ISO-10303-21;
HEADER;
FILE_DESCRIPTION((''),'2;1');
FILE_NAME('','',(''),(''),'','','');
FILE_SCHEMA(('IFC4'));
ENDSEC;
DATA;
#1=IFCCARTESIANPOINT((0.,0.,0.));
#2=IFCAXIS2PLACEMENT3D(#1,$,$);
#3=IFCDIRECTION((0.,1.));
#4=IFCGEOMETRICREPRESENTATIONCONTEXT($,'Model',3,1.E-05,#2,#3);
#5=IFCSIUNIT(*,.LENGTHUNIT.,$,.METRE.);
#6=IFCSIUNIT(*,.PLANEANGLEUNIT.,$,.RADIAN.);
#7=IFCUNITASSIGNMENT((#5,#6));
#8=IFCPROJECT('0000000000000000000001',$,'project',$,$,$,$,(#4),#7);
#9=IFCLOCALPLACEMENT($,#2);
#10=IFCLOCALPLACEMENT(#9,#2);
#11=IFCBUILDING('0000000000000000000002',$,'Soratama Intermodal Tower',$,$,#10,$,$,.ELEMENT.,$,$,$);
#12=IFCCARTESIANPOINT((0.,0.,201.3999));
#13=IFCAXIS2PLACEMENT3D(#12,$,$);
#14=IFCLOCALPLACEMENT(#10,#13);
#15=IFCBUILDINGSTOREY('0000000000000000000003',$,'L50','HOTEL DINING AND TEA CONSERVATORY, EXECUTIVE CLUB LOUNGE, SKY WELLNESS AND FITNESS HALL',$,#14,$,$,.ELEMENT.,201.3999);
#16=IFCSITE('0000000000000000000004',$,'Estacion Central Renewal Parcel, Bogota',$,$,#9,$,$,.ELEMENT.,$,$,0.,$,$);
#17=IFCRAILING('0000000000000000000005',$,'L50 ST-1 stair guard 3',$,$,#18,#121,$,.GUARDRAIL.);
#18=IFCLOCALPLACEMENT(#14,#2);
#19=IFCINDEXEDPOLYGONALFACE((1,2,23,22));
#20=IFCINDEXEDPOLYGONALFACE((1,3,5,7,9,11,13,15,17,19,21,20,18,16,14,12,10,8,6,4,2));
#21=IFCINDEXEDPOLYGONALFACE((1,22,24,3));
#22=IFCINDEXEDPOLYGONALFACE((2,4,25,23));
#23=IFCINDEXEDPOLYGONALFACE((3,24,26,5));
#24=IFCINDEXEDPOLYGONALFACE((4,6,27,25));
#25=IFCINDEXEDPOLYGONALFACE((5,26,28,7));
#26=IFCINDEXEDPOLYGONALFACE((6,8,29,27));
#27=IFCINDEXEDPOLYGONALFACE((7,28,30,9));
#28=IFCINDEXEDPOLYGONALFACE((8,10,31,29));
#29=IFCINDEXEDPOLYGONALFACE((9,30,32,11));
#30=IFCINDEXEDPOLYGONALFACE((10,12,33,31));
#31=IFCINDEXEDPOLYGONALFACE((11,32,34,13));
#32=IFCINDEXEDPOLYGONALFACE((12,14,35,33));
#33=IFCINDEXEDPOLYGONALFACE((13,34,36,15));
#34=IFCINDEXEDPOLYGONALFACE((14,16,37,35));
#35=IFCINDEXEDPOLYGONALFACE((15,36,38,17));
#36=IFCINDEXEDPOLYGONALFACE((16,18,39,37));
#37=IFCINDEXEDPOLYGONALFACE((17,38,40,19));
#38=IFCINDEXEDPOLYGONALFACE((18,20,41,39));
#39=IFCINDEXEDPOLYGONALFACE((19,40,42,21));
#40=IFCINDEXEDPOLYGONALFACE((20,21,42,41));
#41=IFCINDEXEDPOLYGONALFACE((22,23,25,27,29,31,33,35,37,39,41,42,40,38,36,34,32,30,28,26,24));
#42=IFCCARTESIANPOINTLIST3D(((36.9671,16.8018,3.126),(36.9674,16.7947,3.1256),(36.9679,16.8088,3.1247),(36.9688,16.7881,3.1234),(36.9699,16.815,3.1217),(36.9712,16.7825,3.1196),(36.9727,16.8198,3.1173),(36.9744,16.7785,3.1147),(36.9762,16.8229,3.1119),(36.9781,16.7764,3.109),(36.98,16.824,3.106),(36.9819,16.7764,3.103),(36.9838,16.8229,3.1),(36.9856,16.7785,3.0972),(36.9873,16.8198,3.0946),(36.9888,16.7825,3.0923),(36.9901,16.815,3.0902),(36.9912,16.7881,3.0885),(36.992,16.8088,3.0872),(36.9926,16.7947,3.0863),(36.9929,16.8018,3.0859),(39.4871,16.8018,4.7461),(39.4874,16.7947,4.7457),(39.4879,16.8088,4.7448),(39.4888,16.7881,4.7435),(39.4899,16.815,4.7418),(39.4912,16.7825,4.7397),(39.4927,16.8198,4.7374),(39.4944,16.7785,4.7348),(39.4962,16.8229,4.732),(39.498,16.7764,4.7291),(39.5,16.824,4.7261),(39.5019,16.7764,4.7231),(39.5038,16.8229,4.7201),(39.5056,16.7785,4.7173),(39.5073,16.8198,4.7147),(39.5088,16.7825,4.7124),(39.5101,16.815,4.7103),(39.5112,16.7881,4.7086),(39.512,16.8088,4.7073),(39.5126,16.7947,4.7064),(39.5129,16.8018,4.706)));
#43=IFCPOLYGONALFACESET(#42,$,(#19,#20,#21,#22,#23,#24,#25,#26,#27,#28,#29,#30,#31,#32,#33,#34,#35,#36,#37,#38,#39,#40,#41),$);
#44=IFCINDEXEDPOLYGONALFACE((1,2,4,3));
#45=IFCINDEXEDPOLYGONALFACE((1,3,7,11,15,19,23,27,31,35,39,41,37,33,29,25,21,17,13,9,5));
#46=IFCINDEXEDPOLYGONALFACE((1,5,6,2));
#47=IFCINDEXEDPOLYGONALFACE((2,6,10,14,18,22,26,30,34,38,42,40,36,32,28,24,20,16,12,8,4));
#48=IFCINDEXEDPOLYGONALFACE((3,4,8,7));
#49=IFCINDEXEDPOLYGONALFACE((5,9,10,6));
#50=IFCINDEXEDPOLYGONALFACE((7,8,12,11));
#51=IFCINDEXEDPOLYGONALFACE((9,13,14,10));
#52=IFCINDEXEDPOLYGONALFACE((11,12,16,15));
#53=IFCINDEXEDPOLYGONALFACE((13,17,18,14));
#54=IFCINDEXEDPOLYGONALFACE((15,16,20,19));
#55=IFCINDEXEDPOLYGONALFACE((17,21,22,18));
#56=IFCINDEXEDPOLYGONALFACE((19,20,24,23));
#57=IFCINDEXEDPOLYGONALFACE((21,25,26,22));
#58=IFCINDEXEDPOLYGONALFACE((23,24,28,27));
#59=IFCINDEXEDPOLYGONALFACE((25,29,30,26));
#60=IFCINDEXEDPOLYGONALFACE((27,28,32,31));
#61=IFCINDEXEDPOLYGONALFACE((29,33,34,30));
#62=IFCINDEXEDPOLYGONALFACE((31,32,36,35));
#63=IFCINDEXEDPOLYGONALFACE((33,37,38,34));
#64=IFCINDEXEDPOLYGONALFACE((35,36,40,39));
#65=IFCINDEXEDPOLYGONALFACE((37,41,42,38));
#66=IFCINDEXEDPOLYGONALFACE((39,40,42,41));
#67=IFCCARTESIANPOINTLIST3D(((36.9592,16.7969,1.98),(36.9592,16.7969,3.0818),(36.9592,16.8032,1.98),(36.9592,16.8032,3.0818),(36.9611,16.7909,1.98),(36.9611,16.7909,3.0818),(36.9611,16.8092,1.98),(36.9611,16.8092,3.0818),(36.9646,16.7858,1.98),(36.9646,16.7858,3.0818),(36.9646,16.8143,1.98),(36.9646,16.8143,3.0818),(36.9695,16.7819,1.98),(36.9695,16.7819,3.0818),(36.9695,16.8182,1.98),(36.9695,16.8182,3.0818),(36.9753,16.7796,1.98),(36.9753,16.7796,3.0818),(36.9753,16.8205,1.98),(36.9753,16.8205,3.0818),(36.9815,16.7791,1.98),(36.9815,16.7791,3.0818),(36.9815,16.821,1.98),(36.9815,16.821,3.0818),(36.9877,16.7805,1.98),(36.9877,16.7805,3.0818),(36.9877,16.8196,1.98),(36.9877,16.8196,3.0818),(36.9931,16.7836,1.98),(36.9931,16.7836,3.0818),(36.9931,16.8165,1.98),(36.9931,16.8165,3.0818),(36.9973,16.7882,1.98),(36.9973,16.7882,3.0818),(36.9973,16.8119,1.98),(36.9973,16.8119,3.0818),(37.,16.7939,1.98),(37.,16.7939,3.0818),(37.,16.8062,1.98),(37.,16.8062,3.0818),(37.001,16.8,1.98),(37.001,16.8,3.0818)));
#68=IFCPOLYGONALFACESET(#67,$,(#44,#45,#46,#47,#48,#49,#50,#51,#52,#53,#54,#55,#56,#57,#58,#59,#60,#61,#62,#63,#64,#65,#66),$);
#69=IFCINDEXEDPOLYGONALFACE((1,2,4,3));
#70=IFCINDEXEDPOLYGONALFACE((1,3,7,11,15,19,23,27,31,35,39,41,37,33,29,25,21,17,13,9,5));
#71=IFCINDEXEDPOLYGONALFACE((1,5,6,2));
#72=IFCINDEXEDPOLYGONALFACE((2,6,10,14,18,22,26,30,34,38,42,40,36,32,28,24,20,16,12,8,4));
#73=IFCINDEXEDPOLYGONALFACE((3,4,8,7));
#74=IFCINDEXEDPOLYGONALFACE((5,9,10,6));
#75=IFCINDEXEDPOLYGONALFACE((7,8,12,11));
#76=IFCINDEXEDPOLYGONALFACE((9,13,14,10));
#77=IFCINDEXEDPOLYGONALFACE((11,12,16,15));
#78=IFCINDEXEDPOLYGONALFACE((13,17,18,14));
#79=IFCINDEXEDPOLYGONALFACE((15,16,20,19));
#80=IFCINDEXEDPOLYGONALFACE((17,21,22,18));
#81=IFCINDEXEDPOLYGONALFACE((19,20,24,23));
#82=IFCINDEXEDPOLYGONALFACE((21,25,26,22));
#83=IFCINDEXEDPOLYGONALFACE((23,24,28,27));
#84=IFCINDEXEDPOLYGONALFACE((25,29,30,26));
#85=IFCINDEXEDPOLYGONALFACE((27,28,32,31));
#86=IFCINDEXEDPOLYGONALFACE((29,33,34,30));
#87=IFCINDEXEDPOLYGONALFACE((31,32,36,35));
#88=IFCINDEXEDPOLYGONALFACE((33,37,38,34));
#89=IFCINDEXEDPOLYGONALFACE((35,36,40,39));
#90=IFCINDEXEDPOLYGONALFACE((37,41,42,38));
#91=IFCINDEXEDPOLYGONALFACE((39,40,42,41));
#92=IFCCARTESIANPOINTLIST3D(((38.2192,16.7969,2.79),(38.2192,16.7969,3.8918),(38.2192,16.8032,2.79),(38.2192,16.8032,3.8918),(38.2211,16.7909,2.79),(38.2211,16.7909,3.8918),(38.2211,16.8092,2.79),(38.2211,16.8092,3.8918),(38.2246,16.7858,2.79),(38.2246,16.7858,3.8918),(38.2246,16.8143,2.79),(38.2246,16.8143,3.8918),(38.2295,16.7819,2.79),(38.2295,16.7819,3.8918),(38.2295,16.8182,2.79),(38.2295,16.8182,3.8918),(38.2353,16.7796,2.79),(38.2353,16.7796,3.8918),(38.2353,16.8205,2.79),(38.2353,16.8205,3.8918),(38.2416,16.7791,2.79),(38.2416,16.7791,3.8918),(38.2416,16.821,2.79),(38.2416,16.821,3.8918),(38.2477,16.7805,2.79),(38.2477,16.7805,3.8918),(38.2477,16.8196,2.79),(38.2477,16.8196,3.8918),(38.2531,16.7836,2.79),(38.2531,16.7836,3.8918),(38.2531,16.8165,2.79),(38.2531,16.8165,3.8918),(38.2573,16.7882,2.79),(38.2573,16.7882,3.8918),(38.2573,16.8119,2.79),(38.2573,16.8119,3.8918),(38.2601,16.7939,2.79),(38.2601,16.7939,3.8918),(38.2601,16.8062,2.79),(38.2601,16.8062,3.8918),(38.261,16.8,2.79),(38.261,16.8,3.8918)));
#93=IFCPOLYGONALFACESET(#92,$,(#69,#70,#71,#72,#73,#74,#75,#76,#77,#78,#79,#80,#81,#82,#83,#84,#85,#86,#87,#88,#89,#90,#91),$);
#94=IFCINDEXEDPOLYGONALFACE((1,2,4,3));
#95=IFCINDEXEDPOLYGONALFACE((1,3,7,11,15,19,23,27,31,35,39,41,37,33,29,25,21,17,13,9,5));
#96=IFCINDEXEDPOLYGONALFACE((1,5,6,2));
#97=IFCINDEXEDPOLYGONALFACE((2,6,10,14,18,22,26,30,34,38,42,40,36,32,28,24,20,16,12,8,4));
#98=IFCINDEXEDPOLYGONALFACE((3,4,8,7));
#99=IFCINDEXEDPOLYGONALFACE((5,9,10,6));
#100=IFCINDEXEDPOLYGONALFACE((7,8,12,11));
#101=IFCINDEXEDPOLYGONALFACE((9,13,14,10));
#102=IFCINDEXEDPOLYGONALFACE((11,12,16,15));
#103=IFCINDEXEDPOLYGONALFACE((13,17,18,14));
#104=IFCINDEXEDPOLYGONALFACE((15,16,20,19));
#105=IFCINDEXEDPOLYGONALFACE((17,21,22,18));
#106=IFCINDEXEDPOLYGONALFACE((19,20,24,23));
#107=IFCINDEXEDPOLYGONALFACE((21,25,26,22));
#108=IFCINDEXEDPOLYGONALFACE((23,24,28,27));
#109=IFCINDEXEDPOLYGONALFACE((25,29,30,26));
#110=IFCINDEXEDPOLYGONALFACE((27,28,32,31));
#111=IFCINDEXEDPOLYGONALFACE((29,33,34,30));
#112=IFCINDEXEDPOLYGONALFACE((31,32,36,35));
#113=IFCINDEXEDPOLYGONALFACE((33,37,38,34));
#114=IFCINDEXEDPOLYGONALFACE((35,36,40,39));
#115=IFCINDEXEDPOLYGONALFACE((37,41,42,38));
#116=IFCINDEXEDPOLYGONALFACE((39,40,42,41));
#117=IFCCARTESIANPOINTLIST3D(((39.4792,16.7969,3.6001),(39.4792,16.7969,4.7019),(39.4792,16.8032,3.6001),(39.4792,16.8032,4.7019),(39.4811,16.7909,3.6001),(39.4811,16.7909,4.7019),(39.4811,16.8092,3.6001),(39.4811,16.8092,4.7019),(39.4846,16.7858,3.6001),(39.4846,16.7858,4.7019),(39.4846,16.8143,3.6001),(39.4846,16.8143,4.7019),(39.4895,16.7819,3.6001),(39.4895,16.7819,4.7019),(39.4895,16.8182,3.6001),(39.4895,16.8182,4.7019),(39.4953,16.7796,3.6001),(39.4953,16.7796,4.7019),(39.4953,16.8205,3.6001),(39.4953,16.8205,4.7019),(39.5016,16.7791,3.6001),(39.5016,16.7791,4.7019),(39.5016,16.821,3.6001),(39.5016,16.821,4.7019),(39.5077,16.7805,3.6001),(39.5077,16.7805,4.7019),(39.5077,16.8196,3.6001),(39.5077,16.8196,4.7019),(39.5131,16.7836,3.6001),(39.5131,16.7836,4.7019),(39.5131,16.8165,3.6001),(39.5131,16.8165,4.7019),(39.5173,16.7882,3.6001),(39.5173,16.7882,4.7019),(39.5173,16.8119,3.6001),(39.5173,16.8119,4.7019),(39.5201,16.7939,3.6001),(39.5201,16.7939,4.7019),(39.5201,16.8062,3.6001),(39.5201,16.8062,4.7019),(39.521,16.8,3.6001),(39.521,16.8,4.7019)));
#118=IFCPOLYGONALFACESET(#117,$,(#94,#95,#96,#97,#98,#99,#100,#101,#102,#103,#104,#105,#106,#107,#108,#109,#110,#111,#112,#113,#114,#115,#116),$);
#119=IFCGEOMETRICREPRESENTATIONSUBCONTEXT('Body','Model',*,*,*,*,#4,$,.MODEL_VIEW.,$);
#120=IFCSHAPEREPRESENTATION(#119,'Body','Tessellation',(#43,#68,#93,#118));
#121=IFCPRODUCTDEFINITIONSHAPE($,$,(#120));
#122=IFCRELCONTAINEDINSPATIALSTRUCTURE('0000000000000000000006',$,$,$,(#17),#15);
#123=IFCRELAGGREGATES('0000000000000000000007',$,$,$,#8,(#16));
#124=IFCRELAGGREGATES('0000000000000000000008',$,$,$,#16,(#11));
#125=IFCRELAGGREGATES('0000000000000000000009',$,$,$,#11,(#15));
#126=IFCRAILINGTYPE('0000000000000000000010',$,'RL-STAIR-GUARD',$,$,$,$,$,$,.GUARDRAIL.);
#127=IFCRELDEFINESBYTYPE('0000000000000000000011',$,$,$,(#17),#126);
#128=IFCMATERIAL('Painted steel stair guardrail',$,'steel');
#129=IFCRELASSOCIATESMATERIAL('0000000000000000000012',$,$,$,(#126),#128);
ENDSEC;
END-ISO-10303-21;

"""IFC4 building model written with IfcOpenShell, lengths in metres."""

from ifc_helpers import new_model, si_unit, direction, frame, origin, origin_2d, place, context, subcontext, project, spatial, circle, extrude, material, type_object, element, save


model = new_model("IFC4")

# Units and contexts
model_context = context("Model", 3, precision=1e-05, world=origin(), true_north=direction((0.0, 1.0)))
body_context = subcontext(model_context, "Body", "Model", "MODEL_VIEW")
ifc_project = project(units=[si_unit("LENGTHUNIT", "METRE"), si_unit("PLANEANGLEUNIT", "RADIAN")], contexts=[model_context])

# Site, building, storey
site_placement = place(None, origin())
site = spatial("IfcSite", under=ifc_project, at=site_placement, Name="Estacion Central Renewal Parcel, Bogota", CompositionType="ELEMENT", RefElevation=0.0)
building_placement = place(site_placement, origin())
building = spatial("IfcBuilding", under=site, at=building_placement, Name="Soratama Intermodal Tower", CompositionType="ELEMENT")
storey_placement = place(building_placement, frame((0.0, 0.0, 201.3999)))
storey = spatial("IfcBuildingStorey", under=building, at=storey_placement, Name="L50", Description="HOTEL DINING AND TEA CONSERVATORY, EXECUTIVE CLUB LOUNGE, SKY WELLNESS AND FITNESS HALL", CompositionType="ELEMENT", Elevation=201.3999)

# Railing
ifc_material_1 = material(Name="Painted steel stair guardrail", Category="steel")
railing_type_1 = type_object("IfcRailingType", Name="RL-STAIR-GUARD", PredefinedType="GUARDRAIL", material=ifc_material_1)
railing_1_placement = place(storey_placement, frame((36.98, 16.8, 1.98)))
element("IfcRailing", 1, at=railing_1_placement, inside=storey, type_object=railing_type_1, Name="L50 ST-1 stair guard 3", PredefinedType="GUARDRAIL", context=body_context, shape_type="SweptSolid", body=[
    extrude(circle(Radius=0.0239, at=origin_2d()), frame((0.0, 0.0, 1.126), z_axis=(0.841163, 0.0, 0.540782), x_axis=(0.0, 1.0, 0.0)), (0.0, 0.0, 1.0), 2.9958),
    extrude(circle(Radius=0.021, at=origin_2d()), origin(), (0.0, 0.0, 1.0), 1.1018),
    extrude(circle(Radius=0.021, at=origin_2d()), frame((1.26, 0.0, 0.8101)), (0.0, 0.0, 1.0), 1.1018),
    extrude(circle(Radius=0.021, at=origin_2d()), frame((2.52, 0.0, 1.6201)), (0.0, 0.0, 1.0), 1.1018),
])

save(model, "model.ifc")
